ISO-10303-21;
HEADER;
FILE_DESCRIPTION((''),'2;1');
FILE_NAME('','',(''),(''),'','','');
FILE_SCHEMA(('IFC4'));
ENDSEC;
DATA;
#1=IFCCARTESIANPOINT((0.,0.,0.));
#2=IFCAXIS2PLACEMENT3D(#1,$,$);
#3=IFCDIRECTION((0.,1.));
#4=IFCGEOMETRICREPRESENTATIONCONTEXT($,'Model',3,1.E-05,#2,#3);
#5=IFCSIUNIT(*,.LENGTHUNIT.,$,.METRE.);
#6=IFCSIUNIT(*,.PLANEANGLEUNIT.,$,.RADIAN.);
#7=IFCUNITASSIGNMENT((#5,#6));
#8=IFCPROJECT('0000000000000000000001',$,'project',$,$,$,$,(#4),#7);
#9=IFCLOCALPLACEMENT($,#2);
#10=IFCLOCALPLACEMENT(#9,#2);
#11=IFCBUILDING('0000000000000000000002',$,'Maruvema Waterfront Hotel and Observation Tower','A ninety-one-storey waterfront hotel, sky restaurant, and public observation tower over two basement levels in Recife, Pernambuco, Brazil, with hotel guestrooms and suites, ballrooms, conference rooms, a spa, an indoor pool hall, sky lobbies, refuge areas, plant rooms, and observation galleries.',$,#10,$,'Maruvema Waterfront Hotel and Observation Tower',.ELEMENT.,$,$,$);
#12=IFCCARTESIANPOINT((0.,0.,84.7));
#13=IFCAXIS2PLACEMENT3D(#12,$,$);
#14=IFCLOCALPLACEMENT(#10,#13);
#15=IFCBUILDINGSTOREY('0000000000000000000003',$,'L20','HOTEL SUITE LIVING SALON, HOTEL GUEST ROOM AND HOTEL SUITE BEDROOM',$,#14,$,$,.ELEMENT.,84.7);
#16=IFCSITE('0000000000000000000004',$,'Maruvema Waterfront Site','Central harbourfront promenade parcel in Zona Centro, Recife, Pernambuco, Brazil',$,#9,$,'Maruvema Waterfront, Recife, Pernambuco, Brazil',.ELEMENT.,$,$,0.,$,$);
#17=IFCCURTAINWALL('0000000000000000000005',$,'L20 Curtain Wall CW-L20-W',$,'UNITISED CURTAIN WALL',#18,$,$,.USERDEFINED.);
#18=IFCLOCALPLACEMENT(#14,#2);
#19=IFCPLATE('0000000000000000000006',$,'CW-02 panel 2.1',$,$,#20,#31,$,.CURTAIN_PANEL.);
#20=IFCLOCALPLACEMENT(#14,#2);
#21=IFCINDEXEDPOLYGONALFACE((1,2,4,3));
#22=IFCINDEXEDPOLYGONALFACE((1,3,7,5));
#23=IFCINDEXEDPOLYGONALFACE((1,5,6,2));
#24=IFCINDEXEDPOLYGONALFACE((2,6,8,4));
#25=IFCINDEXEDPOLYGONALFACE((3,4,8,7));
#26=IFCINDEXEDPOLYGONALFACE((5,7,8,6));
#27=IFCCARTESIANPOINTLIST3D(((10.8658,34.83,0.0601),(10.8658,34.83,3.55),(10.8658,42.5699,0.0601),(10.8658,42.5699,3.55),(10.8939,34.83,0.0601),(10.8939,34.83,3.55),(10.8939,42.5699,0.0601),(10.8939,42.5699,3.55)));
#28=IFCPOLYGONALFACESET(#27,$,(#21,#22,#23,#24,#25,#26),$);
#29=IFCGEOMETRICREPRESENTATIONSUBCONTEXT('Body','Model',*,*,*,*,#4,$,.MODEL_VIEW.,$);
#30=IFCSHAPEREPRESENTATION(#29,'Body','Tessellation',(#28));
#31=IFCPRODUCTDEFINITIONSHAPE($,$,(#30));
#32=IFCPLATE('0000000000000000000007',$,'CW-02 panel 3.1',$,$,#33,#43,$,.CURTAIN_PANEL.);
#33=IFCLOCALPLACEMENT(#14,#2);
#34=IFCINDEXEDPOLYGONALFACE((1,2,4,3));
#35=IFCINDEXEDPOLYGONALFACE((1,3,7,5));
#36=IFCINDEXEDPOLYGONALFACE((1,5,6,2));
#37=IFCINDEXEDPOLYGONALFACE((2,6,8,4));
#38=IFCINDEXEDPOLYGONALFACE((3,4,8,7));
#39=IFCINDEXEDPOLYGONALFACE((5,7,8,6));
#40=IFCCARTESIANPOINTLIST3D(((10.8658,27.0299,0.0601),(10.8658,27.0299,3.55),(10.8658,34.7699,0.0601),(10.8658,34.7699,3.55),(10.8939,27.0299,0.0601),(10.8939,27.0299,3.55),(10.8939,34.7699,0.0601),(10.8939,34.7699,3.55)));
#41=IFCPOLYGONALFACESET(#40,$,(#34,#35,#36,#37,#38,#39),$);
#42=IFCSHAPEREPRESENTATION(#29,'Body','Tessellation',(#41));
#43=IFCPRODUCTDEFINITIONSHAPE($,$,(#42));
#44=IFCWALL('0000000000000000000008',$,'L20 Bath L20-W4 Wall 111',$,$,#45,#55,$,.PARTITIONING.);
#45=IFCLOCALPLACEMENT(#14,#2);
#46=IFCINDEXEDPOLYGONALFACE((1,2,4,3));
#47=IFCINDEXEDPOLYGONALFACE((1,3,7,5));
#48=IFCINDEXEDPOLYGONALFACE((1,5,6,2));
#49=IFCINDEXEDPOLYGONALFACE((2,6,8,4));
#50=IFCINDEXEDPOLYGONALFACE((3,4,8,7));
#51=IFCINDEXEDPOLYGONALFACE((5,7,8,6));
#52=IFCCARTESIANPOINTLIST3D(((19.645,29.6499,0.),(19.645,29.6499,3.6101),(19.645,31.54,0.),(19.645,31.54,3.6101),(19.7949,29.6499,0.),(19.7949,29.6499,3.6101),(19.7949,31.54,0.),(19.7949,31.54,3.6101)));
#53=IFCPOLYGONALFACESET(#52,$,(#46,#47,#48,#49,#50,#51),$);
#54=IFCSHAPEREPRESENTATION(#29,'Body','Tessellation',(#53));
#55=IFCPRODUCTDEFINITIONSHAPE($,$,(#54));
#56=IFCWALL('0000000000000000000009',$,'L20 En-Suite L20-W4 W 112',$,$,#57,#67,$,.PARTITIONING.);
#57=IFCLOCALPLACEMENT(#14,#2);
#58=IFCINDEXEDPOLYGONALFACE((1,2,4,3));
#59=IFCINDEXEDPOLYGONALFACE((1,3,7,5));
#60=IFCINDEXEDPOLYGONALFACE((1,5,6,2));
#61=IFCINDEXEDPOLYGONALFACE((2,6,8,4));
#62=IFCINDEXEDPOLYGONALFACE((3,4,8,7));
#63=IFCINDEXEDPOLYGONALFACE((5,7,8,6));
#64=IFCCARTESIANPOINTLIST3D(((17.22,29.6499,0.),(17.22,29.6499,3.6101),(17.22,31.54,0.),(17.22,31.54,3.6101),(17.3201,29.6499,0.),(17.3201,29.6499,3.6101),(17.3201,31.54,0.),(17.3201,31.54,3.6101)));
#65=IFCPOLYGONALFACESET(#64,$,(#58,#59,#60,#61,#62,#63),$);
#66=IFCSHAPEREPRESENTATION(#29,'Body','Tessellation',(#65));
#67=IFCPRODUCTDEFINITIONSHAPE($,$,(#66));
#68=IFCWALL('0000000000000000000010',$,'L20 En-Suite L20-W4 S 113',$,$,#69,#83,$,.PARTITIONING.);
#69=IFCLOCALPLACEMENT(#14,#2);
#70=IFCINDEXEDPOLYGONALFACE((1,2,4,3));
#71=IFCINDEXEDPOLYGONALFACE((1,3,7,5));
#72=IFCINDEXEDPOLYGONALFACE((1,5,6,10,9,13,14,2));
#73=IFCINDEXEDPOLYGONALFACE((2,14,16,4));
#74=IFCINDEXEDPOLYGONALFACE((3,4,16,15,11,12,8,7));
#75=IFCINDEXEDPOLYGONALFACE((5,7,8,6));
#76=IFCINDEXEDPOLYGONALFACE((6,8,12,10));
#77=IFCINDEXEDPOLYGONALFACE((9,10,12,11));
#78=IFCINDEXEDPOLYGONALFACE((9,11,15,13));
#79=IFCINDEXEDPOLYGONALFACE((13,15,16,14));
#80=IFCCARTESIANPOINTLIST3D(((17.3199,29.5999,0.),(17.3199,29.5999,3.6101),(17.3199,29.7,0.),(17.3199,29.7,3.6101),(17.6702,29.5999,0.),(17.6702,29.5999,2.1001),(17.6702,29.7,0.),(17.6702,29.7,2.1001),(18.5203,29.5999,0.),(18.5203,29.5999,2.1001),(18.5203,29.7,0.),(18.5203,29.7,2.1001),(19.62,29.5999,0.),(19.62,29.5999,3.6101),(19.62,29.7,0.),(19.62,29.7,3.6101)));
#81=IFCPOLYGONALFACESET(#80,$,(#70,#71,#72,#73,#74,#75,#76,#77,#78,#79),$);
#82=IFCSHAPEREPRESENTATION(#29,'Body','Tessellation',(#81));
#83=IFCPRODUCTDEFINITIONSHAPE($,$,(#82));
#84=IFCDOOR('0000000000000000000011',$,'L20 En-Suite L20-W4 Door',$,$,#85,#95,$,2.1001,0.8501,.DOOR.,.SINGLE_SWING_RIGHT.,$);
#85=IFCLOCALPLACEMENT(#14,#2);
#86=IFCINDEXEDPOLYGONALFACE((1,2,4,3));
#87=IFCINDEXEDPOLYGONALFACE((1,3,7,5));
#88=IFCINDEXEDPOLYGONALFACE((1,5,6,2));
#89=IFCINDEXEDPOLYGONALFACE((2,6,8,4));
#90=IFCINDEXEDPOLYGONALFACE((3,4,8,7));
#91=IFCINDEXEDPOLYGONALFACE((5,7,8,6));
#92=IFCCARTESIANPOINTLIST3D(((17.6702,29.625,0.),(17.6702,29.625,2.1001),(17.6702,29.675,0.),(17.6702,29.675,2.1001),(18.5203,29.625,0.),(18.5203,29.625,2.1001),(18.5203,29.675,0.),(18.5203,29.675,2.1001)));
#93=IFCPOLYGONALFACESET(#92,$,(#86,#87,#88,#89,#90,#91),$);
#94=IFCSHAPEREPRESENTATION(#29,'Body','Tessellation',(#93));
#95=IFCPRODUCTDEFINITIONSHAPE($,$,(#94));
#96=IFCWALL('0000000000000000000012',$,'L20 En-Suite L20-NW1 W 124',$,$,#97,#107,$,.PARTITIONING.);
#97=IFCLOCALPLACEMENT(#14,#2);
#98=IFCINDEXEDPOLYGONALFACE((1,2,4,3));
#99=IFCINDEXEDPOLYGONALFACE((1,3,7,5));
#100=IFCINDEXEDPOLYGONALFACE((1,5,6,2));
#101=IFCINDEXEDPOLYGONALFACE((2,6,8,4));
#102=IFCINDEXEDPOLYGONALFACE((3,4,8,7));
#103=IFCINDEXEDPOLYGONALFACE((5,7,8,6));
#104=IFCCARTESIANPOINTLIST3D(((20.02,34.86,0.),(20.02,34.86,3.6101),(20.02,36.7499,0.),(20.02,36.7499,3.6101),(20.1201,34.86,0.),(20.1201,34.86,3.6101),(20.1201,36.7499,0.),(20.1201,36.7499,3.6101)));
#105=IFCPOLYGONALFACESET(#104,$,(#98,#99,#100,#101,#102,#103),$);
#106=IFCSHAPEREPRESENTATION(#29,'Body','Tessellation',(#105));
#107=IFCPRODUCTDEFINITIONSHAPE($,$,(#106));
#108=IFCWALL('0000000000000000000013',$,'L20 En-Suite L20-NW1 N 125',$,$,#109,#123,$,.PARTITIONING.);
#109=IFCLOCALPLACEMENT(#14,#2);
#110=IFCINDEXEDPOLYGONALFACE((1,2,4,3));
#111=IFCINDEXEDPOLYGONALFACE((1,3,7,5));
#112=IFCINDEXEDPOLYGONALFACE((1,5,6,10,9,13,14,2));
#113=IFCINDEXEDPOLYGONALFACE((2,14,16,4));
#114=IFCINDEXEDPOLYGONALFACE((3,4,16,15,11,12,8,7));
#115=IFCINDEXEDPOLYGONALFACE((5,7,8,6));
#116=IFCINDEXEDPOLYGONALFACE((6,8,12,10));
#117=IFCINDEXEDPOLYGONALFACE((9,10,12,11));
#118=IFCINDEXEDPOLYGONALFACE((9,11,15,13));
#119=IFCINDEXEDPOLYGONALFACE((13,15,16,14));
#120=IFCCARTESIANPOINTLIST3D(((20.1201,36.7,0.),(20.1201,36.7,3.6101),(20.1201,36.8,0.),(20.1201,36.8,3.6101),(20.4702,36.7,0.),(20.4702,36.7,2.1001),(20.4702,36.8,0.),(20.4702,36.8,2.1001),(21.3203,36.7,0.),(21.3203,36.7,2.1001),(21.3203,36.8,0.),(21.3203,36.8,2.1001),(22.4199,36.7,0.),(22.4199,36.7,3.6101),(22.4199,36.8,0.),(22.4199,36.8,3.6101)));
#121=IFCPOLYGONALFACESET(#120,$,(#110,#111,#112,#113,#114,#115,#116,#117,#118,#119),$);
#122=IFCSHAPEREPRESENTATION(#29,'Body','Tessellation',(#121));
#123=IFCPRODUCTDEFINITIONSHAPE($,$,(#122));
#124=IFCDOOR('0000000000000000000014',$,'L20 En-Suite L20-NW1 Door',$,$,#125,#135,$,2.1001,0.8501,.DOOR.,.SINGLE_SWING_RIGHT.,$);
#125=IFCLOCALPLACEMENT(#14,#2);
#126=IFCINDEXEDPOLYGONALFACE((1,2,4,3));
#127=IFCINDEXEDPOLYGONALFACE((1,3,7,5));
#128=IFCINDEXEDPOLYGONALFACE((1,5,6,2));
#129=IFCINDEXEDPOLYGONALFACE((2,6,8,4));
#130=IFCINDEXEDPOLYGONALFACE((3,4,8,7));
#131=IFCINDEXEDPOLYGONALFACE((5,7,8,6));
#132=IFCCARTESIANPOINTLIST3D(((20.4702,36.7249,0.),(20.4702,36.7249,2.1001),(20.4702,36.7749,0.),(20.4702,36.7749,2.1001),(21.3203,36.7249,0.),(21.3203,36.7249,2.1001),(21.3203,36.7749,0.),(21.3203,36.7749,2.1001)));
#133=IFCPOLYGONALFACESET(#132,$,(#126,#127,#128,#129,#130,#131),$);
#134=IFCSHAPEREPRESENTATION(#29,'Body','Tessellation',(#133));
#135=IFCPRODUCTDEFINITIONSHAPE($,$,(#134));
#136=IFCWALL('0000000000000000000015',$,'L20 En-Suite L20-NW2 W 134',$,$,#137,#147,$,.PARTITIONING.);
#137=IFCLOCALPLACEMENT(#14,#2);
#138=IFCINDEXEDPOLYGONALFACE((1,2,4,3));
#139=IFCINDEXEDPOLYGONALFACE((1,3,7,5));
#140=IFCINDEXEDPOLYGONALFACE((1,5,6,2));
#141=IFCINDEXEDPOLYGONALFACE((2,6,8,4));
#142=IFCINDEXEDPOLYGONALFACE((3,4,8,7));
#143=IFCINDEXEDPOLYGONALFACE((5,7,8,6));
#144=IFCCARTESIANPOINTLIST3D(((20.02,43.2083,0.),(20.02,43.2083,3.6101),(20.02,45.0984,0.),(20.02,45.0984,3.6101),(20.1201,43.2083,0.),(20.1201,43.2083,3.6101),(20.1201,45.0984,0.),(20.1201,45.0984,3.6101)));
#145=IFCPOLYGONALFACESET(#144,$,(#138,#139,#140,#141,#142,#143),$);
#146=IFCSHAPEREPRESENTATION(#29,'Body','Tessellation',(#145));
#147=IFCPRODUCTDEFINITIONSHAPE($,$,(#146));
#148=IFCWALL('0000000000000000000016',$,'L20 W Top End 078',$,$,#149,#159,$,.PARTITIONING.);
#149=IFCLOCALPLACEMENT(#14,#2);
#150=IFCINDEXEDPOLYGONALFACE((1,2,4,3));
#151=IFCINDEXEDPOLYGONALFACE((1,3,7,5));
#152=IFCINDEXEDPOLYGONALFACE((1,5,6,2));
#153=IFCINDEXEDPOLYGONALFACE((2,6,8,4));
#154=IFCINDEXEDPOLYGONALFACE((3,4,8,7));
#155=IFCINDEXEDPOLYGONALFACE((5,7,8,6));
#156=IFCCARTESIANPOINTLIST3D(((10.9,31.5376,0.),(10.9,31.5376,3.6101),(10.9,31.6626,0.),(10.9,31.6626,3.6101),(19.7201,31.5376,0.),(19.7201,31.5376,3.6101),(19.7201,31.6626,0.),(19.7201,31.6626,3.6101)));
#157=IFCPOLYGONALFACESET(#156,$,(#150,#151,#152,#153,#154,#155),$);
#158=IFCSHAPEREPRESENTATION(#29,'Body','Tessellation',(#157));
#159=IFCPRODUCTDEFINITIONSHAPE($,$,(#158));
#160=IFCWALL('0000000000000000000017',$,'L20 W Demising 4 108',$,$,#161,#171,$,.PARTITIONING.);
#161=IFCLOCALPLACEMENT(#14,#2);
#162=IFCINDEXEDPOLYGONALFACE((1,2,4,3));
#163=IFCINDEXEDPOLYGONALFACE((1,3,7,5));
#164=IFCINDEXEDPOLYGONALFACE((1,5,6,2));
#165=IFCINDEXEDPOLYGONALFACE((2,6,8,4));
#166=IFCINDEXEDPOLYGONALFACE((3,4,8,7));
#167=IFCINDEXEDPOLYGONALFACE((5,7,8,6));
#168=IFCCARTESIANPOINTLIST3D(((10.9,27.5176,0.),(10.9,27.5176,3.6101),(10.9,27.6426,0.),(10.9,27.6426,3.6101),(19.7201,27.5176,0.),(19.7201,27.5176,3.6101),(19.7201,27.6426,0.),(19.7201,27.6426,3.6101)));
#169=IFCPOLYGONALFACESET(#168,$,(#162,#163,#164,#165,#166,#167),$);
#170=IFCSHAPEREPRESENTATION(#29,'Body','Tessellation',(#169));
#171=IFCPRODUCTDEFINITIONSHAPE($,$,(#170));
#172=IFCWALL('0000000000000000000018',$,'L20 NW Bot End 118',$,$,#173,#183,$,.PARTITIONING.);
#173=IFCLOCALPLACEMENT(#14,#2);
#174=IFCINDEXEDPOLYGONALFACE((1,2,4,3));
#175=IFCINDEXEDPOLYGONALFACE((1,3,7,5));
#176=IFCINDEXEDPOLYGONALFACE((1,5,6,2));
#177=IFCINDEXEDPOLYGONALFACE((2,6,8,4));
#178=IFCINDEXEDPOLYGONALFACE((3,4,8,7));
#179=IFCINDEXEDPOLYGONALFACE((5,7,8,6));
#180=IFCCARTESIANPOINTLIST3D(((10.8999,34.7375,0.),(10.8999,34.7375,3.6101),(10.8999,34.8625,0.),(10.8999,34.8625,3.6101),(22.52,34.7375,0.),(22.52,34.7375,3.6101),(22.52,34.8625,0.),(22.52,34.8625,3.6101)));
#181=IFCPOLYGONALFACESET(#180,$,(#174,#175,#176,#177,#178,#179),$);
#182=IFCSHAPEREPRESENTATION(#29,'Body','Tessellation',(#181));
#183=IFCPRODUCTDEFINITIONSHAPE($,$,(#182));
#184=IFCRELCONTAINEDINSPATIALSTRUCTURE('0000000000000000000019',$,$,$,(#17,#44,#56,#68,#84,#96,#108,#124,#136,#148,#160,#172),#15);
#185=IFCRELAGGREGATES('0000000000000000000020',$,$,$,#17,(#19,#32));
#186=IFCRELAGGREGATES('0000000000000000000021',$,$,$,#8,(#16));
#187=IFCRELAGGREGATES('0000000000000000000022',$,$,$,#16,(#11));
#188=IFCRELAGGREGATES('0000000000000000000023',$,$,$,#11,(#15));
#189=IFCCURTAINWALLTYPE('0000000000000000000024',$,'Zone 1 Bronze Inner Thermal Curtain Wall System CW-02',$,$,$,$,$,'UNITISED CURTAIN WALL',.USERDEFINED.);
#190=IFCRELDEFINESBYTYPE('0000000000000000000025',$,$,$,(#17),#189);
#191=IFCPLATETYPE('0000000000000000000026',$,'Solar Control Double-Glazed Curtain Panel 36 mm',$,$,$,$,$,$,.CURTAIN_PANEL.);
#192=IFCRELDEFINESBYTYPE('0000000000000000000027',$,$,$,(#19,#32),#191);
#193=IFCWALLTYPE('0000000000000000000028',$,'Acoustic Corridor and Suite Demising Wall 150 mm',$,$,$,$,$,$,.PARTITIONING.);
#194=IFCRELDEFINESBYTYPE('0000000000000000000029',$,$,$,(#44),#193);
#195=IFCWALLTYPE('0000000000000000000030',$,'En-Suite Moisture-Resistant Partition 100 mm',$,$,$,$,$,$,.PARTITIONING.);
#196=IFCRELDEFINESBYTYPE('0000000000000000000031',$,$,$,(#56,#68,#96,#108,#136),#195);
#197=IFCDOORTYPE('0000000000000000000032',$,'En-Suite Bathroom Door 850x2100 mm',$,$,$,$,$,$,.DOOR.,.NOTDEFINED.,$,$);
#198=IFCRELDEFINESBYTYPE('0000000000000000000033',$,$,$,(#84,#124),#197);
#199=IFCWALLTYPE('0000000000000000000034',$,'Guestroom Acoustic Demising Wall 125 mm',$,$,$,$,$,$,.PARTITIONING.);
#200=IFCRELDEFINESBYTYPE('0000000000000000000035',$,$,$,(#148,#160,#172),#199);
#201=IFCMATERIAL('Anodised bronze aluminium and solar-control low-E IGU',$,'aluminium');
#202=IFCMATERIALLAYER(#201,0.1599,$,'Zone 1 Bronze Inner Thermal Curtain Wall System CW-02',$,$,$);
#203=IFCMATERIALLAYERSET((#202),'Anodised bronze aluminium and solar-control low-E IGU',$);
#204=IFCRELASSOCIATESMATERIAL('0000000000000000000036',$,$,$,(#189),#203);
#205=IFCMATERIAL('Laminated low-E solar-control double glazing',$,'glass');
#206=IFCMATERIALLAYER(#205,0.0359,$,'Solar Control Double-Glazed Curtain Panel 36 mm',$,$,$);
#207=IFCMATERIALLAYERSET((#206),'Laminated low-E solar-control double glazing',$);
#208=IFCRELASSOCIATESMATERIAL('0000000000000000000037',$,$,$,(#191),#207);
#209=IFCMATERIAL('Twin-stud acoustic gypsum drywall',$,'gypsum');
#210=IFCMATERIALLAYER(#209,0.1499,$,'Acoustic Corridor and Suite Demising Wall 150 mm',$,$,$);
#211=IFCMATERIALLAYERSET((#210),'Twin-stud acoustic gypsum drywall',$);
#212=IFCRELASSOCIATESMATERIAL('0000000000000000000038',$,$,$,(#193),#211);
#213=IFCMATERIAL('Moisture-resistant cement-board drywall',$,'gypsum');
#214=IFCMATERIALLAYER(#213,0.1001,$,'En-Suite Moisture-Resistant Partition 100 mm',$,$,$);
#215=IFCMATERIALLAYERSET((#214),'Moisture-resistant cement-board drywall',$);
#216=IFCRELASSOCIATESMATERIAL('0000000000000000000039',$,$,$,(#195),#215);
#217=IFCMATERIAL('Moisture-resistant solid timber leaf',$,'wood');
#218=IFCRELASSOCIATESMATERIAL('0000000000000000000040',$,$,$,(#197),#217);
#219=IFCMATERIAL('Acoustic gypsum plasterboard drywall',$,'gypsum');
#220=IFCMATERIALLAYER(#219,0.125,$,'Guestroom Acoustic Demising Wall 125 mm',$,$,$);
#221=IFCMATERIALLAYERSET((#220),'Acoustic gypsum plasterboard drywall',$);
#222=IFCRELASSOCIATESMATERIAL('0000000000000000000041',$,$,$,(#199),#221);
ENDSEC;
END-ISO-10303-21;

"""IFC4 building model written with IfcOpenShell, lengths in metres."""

from ifc_helpers import new_model, si_unit, direction, frame, frame_2d, origin, origin_2d, place, context, subcontext, project, spatial, rectangle, extrude, material, layer, layer_set, type_object, element, fill, aggregate, save


model = new_model("IFC4")

# Units and contexts
model_context = context("Model", 3, precision=1e-05, world=origin(), true_north=direction((0.0, 1.0)))
body_context = subcontext(model_context, "Body", "Model", "MODEL_VIEW")
ifc_project = project(units=[si_unit("LENGTHUNIT", "METRE"), si_unit("PLANEANGLEUNIT", "RADIAN")], contexts=[model_context])

# Site, building, storey
site_placement = place(None, origin())
site = spatial("IfcSite", under=ifc_project, at=site_placement, Name="Maruvema Waterfront Site", Description="Central harbourfront promenade parcel in Zona Centro, Recife, Pernambuco, Brazil", LongName="Maruvema Waterfront, Recife, Pernambuco, Brazil", CompositionType="ELEMENT", RefElevation=0.0)
building_placement = place(site_placement, origin())
building = spatial("IfcBuilding", under=site, at=building_placement, Name="Maruvema Waterfront Hotel and Observation Tower", Description="A ninety-one-storey waterfront hotel, sky restaurant, and public observation tower over two basement levels in Recife, Pernambuco, Brazil, with hotel guestrooms and suites, ballrooms, conference rooms, a spa, an indoor pool hall, sky lobbies, refuge areas, plant rooms, and observation galleries.", LongName="Maruvema Waterfront Hotel and Observation Tower", CompositionType="ELEMENT")
storey_placement = place(building_placement, frame((0.0, 0.0, 84.7)))
storey = spatial("IfcBuildingStorey", under=building, at=storey_placement, Name="L20", Description="HOTEL SUITE LIVING SALON, HOTEL GUEST ROOM AND HOTEL SUITE BEDROOM", CompositionType="ELEMENT", Elevation=84.7)

# Curtain wall
ifc_material_1 = material(Name="Anodised bronze aluminium and solar-control low-E IGU", Category="aluminium")
ifc_layer_1 = layer(ifc_material_1, 0.1599, Name="Zone 1 Bronze Inner Thermal Curtain Wall System CW-02")
ifc_layer_set_1 = layer_set([ifc_layer_1], Name="Anodised bronze aluminium and solar-control low-E IGU")
curtain_wall_type = type_object("IfcCurtainWallType", Name="Zone 1 Bronze Inner Thermal Curtain Wall System CW-02", ElementType="UNITISED CURTAIN WALL", PredefinedType="USERDEFINED", material=ifc_layer_set_1)
curtain_wall_placement = place(storey_placement, origin())
curtain_wall = element("IfcCurtainWall", 1, at=curtain_wall_placement, inside=storey, type_object=curtain_wall_type, Name="L20 Curtain Wall CW-L20-W", ObjectType="UNITISED CURTAIN WALL", PredefinedType="USERDEFINED")

# Plates
ifc_material_2 = material(Name="Laminated low-E solar-control double glazing", Category="glass")
ifc_layer_2 = layer(ifc_material_2, 0.0359, Name="Solar Control Double-Glazed Curtain Panel 36 mm")
ifc_layer_set_2 = layer_set([ifc_layer_2], Name="Laminated low-E solar-control double glazing")
plate_type = type_object("IfcPlateType", Name="Solar Control Double-Glazed Curtain Panel 36 mm", PredefinedType="CURTAIN_PANEL", material=ifc_layer_set_2)
plate_1_placement = place(storey_placement, frame((10.8799, 38.7, 0.0601), z_axis=(0.0, 0.0, 1.0), x_axis=(0.0, -1.0, 0.0)))
plate_1 = element("IfcPlate", 2, at=plate_1_placement, type_object=plate_type, Name="CW-02 panel 2.1", PredefinedType="CURTAIN_PANEL", context=body_context, shape_type="SweptSolid", body=[
    extrude(rectangle(XDim=7.74, YDim=0.0281, at=origin_2d()), origin(), (0.0, 0.0, 1.0), 3.49),
])
plate_2_placement = place(storey_placement, frame((10.8799, 30.8999, 0.0601), z_axis=(0.0, 0.0, 1.0), x_axis=(0.0, -1.0, 0.0)))
plate_2 = element("IfcPlate", 3, at=plate_2_placement, type_object=plate_type, Name="CW-02 panel 3.1", PredefinedType="CURTAIN_PANEL", context=body_context, shape_type="SweptSolid", body=[
    extrude(rectangle(XDim=7.74, YDim=0.0281, at=origin_2d()), origin(), (0.0, 0.0, 1.0), 3.49),
])
aggregate(curtain_wall, [plate_1, plate_2])

# Shared definitions
ifc_material_3 = material(Name="Twin-stud acoustic gypsum drywall", Category="gypsum")
ifc_layer_3 = layer(ifc_material_3, 0.1499, Name="Acoustic Corridor and Suite Demising Wall 150 mm")
ifc_layer_set_3 = layer_set([ifc_layer_3], Name="Twin-stud acoustic gypsum drywall")
wall_type_1 = type_object("IfcWallType", Name="Acoustic Corridor and Suite Demising Wall 150 mm", PredefinedType="PARTITIONING", material=ifc_layer_set_3)

# Walls
wall_1_placement = place(storey_placement, frame((19.72, 29.6499, 0.0), z_axis=(0.0, 0.0, 1.0), x_axis=(0.0, 1.0, 0.0)))
element("IfcWall", 4, at=wall_1_placement, inside=storey, type_object=wall_type_1, Name="L20 Bath L20-W4 Wall 111", PredefinedType="PARTITIONING", context=body_context, shape_type="SweptSolid", body=[
    extrude(rectangle(XDim=1.8901, YDim=0.1499, at=frame_2d((0.9451, 0.0))), origin(), (0.0, 0.0, 1.0), 3.6101),
])
ifc_material_4 = material(Name="Moisture-resistant cement-board drywall", Category="gypsum")
ifc_layer_4 = layer(ifc_material_4, 0.1001, Name="En-Suite Moisture-Resistant Partition 100 mm")
ifc_layer_set_4 = layer_set([ifc_layer_4], Name="Moisture-resistant cement-board drywall")
wall_type_2 = type_object("IfcWallType", Name="En-Suite Moisture-Resistant Partition 100 mm", PredefinedType="PARTITIONING", material=ifc_layer_set_4)
wall_2_placement = place(storey_placement, frame((17.27, 29.6499, 0.0), z_axis=(0.0, 0.0, 1.0), x_axis=(0.0, 1.0, 0.0)))
element("IfcWall", 5, at=wall_2_placement, inside=storey, type_object=wall_type_2, Name="L20 En-Suite L20-W4 W 112", PredefinedType="PARTITIONING", context=body_context, shape_type="SweptSolid", body=[
    extrude(rectangle(XDim=1.8901, YDim=0.1001, at=frame_2d((0.9451, 0.0))), origin(), (0.0, 0.0, 1.0), 3.6101),
])

# Wall, opening, door
wall_3_placement = place(storey_placement, frame((17.3201, 29.6499, 0.0), z_axis=(0.0, 0.0, 1.0), x_axis=(1.0, 0.0, 0.0)))
wall_3 = element("IfcWall", 6, at=wall_3_placement, inside=storey, type_object=wall_type_2, Name="L20 En-Suite L20-W4 S 113", PredefinedType="PARTITIONING", context=body_context, shape_type="SweptSolid", body=[
    extrude(rectangle(XDim=2.3, YDim=0.1001, at=frame_2d((1.1499, 0.0))), origin(), (0.0, 0.0, 1.0), 3.6101),
])
opening_1_placement = place(wall_3_placement, frame((0.3501, 0.0, 0.0)))
opening_1 = element("IfcOpeningElement", 7, at=opening_1_placement, cuts=wall_3, PredefinedType="OPENING", context=body_context, shape_type="SweptSolid", body=[
    extrude(rectangle(XDim=0.8501, YDim=2.1001, at=frame_2d((0.425, 1.05))), frame((0.0, 0.0601, 0.0), z_axis=(0.0, -1.0, 0.0), x_axis=(1.0, 0.0, 0.0)), (0.0, 0.0, 1.0), 0.1201),
])
ifc_material_5 = material(Name="Moisture-resistant solid timber leaf", Category="wood")
door_type_1 = type_object("IfcDoorType", Name="En-Suite Bathroom Door 850x2100 mm", OperationType="NOTDEFINED", PredefinedType="DOOR", material=ifc_material_5)
door_1_placement = place(opening_1_placement, frame((0.8501, 0.0, 0.0), z_axis=(0.0, 0.0, 1.0), x_axis=(-1.0, 0.0, 0.0)))
door_1 = element("IfcDoor", 8, at=door_1_placement, inside=storey, type_object=door_type_1, Name="L20 En-Suite L20-W4 Door", OperationType="SINGLE_SWING_RIGHT", OverallHeight=2.1001, OverallWidth=0.8501, PredefinedType="DOOR", context=body_context, shape_type="SweptSolid", body=[
    extrude(rectangle(XDim=0.8501, YDim=2.1001, at=frame_2d((0.425, 1.05))), frame((0.0, 0.0249, 0.0), z_axis=(0.0, -1.0, 0.0), x_axis=(1.0, 0.0, 0.0)), (0.0, 0.0, 1.0), 0.05),
])
fill(opening_1, door_1)

# Wall
wall_4_placement = place(storey_placement, frame((20.0701, 34.8601, 0.0), z_axis=(0.0, 0.0, 1.0), x_axis=(0.0, 1.0, 0.0)))
element("IfcWall", 9, at=wall_4_placement, inside=storey, type_object=wall_type_2, Name="L20 En-Suite L20-NW1 W 124", PredefinedType="PARTITIONING", context=body_context, shape_type="SweptSolid", body=[
    extrude(rectangle(XDim=1.8899, YDim=0.1001, at=frame_2d((0.9448, 0.0))), origin(), (0.0, 0.0, 1.0), 3.6101),
])

# Wall, opening, door
wall_5_placement = place(storey_placement, frame((20.1201, 36.75, 0.0), z_axis=(0.0, 0.0, 1.0), x_axis=(1.0, 0.0, 0.0)))
wall_5 = element("IfcWall", 10, at=wall_5_placement, inside=storey, type_object=wall_type_2, Name="L20 En-Suite L20-NW1 N 125", PredefinedType="PARTITIONING", context=body_context, shape_type="SweptSolid", body=[
    extrude(rectangle(XDim=2.2998, YDim=0.1001, at=frame_2d((1.1499, 0.0))), origin(), (0.0, 0.0, 1.0), 3.6101),
])
opening_2_placement = place(wall_5_placement, frame((0.3501, 0.0, 0.0)))
opening_2 = element("IfcOpeningElement", 11, at=opening_2_placement, cuts=wall_5, PredefinedType="OPENING", context=body_context, shape_type="SweptSolid", body=[
    extrude(rectangle(XDim=0.8501, YDim=2.1001, at=frame_2d((0.425, 1.05))), frame((0.0, 0.0601, 0.0), z_axis=(0.0, -1.0, 0.0), x_axis=(1.0, 0.0, 0.0)), (0.0, 0.0, 1.0), 0.1201),
])
door_2_placement = place(opening_2_placement, origin())
door_2 = element("IfcDoor", 12, at=door_2_placement, inside=storey, type_object=door_type_1, Name="L20 En-Suite L20-NW1 Door", OperationType="SINGLE_SWING_RIGHT", OverallHeight=2.1001, OverallWidth=0.8501, PredefinedType="DOOR", context=body_context, shape_type="SweptSolid", body=[
    extrude(rectangle(XDim=0.8501, YDim=2.1001, at=frame_2d((0.425, 1.05))), frame((0.0, 0.0249, 0.0), z_axis=(0.0, -1.0, 0.0), x_axis=(1.0, 0.0, 0.0)), (0.0, 0.0, 1.0), 0.05),
])
fill(opening_2, door_2)

# Walls
wall_6_placement = place(storey_placement, frame((20.0701, 43.2083, 0.0), z_axis=(0.0, 0.0, 1.0), x_axis=(0.0, 1.0, 0.0)))
element("IfcWall", 13, at=wall_6_placement, inside=storey, type_object=wall_type_2, Name="L20 En-Suite L20-NW2 W 134", PredefinedType="PARTITIONING", context=body_context, shape_type="SweptSolid", body=[
    extrude(rectangle(XDim=1.8901, YDim=0.1001, at=frame_2d((0.9451, 0.0))), origin(), (0.0, 0.0, 1.0), 3.6101),
])
ifc_material_6 = material(Name="Acoustic gypsum plasterboard drywall", Category="gypsum")
ifc_layer_5 = layer(ifc_material_6, 0.125, Name="Guestroom Acoustic Demising Wall 125 mm")
ifc_layer_set_5 = layer_set([ifc_layer_5], Name="Acoustic gypsum plasterboard drywall")
wall_type_3 = type_object("IfcWallType", Name="Guestroom Acoustic Demising Wall 125 mm", PredefinedType="PARTITIONING", material=ifc_layer_set_5)
for number, where, z_axis, x_axis, name in (
    (14, (10.8999, 31.6001, 0.0), (0.0, 0.0, 1.0), (1.0, 0.0, 0.0), "L20 W Top End 078"),
    (15, (10.8999, 27.5801, 0.0), (0.0, 0.0, 1.0), (1.0, 0.0, 0.0), "L20 W Demising 4 108"),
):
    element("IfcWall", number, at=place(storey_placement, frame(where, z_axis=z_axis, x_axis=x_axis)), inside=storey, type_object=wall_type_3, Name=name, PredefinedType="PARTITIONING", context=body_context, shape_type="SweptSolid", body=[
        extrude(rectangle(XDim=8.8201, YDim=0.125, at=frame_2d((4.4102, 0.0))), origin(), (0.0, 0.0, 1.0), 3.6101),
    ])
for number, where, z_axis, x_axis, name in (
    (16, (10.8999, 34.8, 0.0), (0.0, 0.0, 1.0), (1.0, 0.0, 0.0), "L20 NW Bot End 118"),
):
    element("IfcWall", number, at=place(storey_placement, frame(where, z_axis=z_axis, x_axis=x_axis)), inside=storey, type_object=wall_type_3, Name=name, PredefinedType="PARTITIONING", context=body_context, shape_type="SweptSolid", body=[
        extrude(rectangle(XDim=11.6201, YDim=0.125, at=frame_2d((5.8101, 0.0))), origin(), (0.0, 0.0, 1.0), 3.6101),
    ])

save(model, "model.ifc")
